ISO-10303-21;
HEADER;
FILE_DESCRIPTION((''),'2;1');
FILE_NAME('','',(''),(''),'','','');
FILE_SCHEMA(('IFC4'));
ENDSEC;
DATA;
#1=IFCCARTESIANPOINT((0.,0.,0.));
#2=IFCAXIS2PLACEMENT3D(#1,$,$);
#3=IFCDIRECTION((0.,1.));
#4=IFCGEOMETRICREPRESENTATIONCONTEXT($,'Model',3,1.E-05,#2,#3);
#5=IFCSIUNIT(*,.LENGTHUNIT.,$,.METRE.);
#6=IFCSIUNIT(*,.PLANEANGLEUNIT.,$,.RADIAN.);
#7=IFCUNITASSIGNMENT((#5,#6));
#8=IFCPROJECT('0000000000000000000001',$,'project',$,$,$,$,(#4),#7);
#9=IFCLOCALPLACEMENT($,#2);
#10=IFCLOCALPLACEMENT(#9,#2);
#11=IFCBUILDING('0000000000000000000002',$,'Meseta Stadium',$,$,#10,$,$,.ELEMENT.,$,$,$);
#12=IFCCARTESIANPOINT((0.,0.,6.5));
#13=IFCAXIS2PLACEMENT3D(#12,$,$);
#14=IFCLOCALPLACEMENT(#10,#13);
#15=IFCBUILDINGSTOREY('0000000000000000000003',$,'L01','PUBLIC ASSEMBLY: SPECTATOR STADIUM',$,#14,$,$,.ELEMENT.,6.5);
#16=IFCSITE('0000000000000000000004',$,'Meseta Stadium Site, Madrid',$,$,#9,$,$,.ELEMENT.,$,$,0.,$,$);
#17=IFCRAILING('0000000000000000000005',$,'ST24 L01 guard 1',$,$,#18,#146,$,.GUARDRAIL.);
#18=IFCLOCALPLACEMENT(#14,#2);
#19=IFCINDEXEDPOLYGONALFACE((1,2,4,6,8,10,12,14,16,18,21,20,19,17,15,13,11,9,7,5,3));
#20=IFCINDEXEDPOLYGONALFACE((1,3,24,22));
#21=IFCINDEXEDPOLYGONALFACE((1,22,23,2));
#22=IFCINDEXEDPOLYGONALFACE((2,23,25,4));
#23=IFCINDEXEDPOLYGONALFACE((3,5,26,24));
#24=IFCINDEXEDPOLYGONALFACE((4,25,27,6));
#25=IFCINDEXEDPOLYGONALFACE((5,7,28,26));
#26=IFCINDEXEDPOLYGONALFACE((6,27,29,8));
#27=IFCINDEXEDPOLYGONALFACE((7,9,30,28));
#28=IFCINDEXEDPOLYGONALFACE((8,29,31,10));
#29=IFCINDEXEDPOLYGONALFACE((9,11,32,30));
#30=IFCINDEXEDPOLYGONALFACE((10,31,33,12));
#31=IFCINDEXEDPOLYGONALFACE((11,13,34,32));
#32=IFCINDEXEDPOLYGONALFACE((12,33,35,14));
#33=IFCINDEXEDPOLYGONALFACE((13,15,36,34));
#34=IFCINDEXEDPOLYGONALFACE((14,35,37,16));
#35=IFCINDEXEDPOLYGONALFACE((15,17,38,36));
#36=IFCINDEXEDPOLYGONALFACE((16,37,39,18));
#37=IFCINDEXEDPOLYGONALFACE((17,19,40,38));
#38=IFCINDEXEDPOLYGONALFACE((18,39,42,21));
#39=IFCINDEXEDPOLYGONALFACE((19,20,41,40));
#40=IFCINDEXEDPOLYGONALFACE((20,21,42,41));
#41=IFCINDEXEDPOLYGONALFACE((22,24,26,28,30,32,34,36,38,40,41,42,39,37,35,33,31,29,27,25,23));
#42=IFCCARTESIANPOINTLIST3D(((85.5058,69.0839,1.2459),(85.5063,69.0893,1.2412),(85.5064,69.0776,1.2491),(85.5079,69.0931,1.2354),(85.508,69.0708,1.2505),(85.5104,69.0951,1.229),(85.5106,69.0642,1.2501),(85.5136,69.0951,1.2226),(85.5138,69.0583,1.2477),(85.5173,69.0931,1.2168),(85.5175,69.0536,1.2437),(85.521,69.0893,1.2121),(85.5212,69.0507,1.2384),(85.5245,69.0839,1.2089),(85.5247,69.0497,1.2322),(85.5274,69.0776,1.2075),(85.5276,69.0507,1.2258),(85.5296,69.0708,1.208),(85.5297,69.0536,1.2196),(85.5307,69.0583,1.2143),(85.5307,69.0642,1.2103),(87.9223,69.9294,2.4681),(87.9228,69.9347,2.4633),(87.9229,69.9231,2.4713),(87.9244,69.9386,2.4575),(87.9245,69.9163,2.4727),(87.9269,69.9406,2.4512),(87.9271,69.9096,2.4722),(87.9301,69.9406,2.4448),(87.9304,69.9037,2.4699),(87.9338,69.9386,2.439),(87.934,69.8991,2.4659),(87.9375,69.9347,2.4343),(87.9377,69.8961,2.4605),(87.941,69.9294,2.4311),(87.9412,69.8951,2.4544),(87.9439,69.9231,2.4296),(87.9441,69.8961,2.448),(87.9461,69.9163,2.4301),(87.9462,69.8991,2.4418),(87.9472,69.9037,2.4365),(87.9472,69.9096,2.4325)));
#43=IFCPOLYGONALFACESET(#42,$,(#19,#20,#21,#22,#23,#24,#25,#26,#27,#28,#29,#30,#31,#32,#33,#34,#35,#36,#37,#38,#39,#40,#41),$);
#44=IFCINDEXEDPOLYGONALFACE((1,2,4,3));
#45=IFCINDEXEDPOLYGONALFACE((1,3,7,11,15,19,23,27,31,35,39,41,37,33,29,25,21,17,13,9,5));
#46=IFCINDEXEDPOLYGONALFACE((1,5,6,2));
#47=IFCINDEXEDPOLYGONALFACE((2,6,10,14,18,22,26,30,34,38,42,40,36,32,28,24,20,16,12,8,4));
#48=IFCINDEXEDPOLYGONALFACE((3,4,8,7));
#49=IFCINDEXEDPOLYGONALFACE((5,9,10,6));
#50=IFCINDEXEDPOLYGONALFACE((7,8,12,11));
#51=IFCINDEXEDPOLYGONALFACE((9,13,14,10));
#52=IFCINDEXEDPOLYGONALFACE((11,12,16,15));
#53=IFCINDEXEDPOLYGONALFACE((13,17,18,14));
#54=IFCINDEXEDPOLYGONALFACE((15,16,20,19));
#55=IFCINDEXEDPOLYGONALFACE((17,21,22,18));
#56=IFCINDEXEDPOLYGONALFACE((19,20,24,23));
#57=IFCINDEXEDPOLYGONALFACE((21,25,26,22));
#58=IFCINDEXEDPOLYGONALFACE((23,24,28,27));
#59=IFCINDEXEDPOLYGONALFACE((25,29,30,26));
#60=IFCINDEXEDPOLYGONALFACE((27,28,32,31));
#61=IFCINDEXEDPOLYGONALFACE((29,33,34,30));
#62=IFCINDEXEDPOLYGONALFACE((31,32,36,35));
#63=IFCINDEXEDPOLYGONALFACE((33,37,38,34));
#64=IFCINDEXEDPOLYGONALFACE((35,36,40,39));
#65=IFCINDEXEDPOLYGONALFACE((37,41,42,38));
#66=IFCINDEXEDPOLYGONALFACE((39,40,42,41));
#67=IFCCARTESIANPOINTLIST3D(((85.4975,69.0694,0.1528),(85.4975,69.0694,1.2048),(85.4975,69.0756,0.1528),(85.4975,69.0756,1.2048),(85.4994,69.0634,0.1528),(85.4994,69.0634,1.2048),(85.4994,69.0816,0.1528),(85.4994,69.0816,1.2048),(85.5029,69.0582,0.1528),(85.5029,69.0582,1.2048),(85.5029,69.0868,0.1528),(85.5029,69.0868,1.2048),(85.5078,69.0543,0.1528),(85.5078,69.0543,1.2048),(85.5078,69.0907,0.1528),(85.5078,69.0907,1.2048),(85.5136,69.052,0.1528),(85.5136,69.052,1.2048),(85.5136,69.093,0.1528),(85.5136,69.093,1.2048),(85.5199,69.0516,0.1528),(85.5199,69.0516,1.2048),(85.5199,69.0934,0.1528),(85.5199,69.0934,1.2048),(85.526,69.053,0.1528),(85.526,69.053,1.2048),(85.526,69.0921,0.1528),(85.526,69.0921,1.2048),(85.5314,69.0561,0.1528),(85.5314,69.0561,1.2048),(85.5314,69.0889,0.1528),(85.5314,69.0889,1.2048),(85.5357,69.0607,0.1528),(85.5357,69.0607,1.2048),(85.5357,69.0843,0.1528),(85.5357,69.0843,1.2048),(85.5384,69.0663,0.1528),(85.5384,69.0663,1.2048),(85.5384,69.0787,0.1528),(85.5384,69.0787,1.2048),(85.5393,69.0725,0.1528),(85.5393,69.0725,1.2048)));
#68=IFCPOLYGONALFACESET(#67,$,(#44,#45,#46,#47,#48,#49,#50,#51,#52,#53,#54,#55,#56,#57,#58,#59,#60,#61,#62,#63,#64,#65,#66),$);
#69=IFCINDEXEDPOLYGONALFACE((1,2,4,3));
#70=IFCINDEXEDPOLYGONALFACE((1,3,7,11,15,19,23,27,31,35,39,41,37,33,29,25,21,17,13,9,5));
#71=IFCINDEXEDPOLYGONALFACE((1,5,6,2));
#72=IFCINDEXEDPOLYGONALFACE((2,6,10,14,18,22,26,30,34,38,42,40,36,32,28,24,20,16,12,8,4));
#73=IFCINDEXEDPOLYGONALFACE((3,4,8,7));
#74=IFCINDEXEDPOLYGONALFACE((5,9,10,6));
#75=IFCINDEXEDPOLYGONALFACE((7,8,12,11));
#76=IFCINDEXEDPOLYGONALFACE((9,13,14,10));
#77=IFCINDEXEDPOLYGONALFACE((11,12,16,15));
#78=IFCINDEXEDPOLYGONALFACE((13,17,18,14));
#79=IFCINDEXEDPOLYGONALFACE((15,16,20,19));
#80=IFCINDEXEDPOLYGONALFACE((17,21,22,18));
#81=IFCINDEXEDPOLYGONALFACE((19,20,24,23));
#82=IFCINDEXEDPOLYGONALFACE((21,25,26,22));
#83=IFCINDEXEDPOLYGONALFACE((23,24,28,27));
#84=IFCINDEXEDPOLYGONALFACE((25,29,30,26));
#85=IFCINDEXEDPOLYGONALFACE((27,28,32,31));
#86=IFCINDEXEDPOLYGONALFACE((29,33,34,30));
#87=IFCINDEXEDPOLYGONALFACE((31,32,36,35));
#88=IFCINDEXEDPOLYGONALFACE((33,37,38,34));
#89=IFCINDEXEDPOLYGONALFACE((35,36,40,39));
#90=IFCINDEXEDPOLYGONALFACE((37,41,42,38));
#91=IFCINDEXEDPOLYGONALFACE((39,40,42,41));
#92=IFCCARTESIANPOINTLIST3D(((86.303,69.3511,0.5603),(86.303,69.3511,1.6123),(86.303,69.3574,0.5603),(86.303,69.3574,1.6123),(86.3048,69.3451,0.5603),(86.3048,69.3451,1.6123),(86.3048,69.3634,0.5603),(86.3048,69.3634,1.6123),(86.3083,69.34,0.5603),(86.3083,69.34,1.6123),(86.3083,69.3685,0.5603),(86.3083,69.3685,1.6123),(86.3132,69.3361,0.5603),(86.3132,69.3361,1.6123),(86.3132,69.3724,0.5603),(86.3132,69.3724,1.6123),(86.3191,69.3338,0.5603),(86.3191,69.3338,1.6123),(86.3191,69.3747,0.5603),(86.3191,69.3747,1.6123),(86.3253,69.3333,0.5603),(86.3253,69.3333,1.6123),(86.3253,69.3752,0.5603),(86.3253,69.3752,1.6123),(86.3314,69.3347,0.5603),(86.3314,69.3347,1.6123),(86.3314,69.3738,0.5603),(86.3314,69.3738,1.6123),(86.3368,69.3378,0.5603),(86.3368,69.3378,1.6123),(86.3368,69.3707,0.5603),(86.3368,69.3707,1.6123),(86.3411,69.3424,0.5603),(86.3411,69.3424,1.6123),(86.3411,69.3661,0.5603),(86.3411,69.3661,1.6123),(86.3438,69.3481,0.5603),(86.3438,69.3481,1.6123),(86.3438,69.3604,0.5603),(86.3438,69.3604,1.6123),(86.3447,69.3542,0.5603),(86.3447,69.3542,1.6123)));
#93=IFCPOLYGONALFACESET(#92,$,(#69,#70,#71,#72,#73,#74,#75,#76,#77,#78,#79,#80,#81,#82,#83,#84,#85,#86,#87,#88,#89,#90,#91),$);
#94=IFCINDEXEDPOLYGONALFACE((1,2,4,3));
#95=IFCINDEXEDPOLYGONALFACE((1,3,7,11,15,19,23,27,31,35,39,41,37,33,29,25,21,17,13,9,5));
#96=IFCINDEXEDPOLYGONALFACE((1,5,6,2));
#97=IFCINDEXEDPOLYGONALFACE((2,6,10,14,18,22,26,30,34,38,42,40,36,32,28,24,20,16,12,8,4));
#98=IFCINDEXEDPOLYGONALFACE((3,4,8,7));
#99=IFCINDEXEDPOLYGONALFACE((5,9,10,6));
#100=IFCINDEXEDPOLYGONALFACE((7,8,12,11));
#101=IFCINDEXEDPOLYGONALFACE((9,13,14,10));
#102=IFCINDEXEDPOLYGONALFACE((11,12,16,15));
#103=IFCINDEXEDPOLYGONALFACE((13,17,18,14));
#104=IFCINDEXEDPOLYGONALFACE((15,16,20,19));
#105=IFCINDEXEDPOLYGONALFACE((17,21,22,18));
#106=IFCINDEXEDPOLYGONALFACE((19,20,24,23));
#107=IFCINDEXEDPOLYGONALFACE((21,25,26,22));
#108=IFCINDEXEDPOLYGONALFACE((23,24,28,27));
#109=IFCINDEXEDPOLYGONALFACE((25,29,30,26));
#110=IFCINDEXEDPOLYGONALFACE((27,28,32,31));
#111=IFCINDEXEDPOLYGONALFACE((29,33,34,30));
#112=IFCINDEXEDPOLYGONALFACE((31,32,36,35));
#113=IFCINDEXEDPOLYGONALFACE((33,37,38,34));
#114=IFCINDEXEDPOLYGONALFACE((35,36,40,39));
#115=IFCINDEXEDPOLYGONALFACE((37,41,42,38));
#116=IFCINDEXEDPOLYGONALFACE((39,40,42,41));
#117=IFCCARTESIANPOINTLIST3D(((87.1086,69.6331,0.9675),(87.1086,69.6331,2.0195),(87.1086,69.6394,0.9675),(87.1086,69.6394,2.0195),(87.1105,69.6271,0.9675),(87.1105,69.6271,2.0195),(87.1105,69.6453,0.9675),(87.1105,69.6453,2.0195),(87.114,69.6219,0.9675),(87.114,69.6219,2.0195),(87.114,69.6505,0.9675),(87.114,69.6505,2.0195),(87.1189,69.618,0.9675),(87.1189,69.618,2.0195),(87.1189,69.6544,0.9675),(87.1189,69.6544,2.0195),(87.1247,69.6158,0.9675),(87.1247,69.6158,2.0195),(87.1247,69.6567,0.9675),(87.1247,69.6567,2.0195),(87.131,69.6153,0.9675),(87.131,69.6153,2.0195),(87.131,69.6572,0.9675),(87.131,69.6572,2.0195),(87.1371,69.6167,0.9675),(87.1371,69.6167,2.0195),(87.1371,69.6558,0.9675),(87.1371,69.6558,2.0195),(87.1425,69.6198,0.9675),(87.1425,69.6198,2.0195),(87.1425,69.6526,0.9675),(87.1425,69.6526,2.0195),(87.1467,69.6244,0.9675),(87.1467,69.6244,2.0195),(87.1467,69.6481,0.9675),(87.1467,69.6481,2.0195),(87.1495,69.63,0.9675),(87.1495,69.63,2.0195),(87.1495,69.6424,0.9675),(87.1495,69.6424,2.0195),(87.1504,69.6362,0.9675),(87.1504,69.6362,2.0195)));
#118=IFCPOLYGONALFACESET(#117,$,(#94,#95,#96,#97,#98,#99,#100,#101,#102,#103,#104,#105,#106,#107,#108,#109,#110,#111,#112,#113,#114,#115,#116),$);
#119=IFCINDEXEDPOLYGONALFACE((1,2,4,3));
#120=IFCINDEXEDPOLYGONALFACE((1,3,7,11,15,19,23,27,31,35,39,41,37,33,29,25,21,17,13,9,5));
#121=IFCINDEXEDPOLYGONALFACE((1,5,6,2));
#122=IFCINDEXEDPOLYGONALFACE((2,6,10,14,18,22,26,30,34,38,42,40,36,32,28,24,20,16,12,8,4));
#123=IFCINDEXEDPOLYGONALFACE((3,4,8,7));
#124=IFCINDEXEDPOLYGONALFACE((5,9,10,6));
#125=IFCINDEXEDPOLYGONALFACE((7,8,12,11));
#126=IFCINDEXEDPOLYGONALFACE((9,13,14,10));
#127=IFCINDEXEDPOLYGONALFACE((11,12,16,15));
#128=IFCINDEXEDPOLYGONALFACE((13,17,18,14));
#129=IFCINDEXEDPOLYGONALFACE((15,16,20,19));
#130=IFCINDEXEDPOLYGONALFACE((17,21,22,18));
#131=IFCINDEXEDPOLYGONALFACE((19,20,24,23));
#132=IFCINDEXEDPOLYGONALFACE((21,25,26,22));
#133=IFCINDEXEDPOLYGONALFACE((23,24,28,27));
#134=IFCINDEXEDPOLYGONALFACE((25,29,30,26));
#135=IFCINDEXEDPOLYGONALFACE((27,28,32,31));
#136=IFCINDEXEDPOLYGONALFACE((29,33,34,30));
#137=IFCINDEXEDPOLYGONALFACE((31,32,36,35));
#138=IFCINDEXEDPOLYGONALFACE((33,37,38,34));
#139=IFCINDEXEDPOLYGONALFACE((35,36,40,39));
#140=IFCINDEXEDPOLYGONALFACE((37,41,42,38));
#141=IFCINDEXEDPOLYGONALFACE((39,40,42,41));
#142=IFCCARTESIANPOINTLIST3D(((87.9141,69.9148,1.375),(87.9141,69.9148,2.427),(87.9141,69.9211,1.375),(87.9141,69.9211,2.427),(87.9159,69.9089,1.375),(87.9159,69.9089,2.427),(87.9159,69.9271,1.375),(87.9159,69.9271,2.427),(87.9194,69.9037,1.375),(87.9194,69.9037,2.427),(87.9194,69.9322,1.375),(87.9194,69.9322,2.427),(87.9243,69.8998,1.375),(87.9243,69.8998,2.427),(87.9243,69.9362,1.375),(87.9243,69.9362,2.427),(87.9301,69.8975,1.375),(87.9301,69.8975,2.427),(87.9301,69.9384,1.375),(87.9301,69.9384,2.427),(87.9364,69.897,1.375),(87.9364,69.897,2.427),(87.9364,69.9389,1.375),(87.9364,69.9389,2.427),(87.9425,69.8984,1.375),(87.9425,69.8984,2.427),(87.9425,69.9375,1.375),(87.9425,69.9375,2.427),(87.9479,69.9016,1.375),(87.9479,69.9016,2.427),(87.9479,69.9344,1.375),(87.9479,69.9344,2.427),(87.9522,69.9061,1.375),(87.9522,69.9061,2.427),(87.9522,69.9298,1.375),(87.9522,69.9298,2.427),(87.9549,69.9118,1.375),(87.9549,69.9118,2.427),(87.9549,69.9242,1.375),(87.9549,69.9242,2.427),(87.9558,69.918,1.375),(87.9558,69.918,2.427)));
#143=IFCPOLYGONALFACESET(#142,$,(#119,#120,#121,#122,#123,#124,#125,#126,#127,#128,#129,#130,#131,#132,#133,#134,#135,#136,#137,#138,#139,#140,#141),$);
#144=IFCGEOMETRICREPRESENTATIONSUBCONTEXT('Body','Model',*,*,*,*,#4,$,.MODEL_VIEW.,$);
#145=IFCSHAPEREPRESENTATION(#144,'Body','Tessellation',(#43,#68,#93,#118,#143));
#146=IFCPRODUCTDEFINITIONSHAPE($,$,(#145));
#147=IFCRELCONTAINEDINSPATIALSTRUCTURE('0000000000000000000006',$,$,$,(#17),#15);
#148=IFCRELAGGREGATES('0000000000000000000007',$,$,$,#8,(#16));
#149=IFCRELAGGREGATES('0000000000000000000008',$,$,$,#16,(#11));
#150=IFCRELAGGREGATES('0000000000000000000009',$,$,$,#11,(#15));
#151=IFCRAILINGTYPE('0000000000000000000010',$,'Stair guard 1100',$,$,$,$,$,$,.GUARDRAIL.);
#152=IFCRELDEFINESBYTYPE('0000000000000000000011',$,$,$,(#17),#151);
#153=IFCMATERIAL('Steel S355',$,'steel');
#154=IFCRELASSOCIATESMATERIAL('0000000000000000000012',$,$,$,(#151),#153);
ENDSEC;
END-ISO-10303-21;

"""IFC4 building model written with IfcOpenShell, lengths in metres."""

from ifc_helpers import new_model, si_unit, direction, frame, origin, origin_2d, place, context, subcontext, project, spatial, circle, extrude, material, type_object, element, save


model = new_model("IFC4")

# Units and contexts
model_context = context("Model", 3, precision=1e-05, world=origin(), true_north=direction((0.0, 1.0)))
body_context = subcontext(model_context, "Body", "Model", "MODEL_VIEW")
ifc_project = project(units=[si_unit("LENGTHUNIT", "METRE"), si_unit("PLANEANGLEUNIT", "RADIAN")], contexts=[model_context])

# Site, building, storey
site_placement = place(None, origin())
site = spatial("IfcSite", under=ifc_project, at=site_placement, Name="Meseta Stadium Site, Madrid", CompositionType="ELEMENT", RefElevation=0.0)
building_placement = place(site_placement, origin())
building = spatial("IfcBuilding", under=site, at=building_placement, Name="Meseta Stadium", CompositionType="ELEMENT")
storey_placement = place(building_placement, frame((0.0, 0.0, 6.5)))
storey = spatial("IfcBuildingStorey", under=building, at=storey_placement, Name="L01", Description="PUBLIC ASSEMBLY: SPECTATOR STADIUM", CompositionType="ELEMENT", Elevation=6.5)

# Railing
ifc_material_1 = material(Name="Steel S355", Category="steel")
railing_type_1 = type_object("IfcRailingType", Name="Stair guard 1100", PredefinedType="GUARDRAIL", material=ifc_material_1)
railing_1_placement = place(storey_placement, frame((85.5183, 69.0725, 0.1528)))
element("IfcRailing", 1, at=railing_1_placement, inside=storey, type_object=railing_type_1, Name="ST24 L01 guard 1", PredefinedType="GUARDRAIL", context=body_context, shape_type="SweptSolid", body=[
    extrude(circle(Radius=0.0239, at=origin_2d()), frame((0.0, 0.0, 1.0762), z_axis=(0.851812, 0.298022, 0.430811), x_axis=(-0.33024, 0.943897, 0.0)), (0.0, 0.0, 1.0), 2.8369),
    extrude(circle(Radius=0.021, at=origin_2d()), origin(), (0.0, 0.0, 1.0), 1.052),
    extrude(circle(Radius=0.021, at=origin_2d()), frame((0.8054, 0.2817, 0.4075)), (0.0, 0.0, 1.0), 1.052),
    extrude(circle(Radius=0.021, at=origin_2d()), frame((1.6111, 0.5637, 0.8147)), (0.0, 0.0, 1.0), 1.052),
    extrude(circle(Radius=0.021, at=origin_2d()), frame((2.4165, 0.8455, 1.2222)), (0.0, 0.0, 1.0), 1.052),
])

save(model, "model.ifc")
